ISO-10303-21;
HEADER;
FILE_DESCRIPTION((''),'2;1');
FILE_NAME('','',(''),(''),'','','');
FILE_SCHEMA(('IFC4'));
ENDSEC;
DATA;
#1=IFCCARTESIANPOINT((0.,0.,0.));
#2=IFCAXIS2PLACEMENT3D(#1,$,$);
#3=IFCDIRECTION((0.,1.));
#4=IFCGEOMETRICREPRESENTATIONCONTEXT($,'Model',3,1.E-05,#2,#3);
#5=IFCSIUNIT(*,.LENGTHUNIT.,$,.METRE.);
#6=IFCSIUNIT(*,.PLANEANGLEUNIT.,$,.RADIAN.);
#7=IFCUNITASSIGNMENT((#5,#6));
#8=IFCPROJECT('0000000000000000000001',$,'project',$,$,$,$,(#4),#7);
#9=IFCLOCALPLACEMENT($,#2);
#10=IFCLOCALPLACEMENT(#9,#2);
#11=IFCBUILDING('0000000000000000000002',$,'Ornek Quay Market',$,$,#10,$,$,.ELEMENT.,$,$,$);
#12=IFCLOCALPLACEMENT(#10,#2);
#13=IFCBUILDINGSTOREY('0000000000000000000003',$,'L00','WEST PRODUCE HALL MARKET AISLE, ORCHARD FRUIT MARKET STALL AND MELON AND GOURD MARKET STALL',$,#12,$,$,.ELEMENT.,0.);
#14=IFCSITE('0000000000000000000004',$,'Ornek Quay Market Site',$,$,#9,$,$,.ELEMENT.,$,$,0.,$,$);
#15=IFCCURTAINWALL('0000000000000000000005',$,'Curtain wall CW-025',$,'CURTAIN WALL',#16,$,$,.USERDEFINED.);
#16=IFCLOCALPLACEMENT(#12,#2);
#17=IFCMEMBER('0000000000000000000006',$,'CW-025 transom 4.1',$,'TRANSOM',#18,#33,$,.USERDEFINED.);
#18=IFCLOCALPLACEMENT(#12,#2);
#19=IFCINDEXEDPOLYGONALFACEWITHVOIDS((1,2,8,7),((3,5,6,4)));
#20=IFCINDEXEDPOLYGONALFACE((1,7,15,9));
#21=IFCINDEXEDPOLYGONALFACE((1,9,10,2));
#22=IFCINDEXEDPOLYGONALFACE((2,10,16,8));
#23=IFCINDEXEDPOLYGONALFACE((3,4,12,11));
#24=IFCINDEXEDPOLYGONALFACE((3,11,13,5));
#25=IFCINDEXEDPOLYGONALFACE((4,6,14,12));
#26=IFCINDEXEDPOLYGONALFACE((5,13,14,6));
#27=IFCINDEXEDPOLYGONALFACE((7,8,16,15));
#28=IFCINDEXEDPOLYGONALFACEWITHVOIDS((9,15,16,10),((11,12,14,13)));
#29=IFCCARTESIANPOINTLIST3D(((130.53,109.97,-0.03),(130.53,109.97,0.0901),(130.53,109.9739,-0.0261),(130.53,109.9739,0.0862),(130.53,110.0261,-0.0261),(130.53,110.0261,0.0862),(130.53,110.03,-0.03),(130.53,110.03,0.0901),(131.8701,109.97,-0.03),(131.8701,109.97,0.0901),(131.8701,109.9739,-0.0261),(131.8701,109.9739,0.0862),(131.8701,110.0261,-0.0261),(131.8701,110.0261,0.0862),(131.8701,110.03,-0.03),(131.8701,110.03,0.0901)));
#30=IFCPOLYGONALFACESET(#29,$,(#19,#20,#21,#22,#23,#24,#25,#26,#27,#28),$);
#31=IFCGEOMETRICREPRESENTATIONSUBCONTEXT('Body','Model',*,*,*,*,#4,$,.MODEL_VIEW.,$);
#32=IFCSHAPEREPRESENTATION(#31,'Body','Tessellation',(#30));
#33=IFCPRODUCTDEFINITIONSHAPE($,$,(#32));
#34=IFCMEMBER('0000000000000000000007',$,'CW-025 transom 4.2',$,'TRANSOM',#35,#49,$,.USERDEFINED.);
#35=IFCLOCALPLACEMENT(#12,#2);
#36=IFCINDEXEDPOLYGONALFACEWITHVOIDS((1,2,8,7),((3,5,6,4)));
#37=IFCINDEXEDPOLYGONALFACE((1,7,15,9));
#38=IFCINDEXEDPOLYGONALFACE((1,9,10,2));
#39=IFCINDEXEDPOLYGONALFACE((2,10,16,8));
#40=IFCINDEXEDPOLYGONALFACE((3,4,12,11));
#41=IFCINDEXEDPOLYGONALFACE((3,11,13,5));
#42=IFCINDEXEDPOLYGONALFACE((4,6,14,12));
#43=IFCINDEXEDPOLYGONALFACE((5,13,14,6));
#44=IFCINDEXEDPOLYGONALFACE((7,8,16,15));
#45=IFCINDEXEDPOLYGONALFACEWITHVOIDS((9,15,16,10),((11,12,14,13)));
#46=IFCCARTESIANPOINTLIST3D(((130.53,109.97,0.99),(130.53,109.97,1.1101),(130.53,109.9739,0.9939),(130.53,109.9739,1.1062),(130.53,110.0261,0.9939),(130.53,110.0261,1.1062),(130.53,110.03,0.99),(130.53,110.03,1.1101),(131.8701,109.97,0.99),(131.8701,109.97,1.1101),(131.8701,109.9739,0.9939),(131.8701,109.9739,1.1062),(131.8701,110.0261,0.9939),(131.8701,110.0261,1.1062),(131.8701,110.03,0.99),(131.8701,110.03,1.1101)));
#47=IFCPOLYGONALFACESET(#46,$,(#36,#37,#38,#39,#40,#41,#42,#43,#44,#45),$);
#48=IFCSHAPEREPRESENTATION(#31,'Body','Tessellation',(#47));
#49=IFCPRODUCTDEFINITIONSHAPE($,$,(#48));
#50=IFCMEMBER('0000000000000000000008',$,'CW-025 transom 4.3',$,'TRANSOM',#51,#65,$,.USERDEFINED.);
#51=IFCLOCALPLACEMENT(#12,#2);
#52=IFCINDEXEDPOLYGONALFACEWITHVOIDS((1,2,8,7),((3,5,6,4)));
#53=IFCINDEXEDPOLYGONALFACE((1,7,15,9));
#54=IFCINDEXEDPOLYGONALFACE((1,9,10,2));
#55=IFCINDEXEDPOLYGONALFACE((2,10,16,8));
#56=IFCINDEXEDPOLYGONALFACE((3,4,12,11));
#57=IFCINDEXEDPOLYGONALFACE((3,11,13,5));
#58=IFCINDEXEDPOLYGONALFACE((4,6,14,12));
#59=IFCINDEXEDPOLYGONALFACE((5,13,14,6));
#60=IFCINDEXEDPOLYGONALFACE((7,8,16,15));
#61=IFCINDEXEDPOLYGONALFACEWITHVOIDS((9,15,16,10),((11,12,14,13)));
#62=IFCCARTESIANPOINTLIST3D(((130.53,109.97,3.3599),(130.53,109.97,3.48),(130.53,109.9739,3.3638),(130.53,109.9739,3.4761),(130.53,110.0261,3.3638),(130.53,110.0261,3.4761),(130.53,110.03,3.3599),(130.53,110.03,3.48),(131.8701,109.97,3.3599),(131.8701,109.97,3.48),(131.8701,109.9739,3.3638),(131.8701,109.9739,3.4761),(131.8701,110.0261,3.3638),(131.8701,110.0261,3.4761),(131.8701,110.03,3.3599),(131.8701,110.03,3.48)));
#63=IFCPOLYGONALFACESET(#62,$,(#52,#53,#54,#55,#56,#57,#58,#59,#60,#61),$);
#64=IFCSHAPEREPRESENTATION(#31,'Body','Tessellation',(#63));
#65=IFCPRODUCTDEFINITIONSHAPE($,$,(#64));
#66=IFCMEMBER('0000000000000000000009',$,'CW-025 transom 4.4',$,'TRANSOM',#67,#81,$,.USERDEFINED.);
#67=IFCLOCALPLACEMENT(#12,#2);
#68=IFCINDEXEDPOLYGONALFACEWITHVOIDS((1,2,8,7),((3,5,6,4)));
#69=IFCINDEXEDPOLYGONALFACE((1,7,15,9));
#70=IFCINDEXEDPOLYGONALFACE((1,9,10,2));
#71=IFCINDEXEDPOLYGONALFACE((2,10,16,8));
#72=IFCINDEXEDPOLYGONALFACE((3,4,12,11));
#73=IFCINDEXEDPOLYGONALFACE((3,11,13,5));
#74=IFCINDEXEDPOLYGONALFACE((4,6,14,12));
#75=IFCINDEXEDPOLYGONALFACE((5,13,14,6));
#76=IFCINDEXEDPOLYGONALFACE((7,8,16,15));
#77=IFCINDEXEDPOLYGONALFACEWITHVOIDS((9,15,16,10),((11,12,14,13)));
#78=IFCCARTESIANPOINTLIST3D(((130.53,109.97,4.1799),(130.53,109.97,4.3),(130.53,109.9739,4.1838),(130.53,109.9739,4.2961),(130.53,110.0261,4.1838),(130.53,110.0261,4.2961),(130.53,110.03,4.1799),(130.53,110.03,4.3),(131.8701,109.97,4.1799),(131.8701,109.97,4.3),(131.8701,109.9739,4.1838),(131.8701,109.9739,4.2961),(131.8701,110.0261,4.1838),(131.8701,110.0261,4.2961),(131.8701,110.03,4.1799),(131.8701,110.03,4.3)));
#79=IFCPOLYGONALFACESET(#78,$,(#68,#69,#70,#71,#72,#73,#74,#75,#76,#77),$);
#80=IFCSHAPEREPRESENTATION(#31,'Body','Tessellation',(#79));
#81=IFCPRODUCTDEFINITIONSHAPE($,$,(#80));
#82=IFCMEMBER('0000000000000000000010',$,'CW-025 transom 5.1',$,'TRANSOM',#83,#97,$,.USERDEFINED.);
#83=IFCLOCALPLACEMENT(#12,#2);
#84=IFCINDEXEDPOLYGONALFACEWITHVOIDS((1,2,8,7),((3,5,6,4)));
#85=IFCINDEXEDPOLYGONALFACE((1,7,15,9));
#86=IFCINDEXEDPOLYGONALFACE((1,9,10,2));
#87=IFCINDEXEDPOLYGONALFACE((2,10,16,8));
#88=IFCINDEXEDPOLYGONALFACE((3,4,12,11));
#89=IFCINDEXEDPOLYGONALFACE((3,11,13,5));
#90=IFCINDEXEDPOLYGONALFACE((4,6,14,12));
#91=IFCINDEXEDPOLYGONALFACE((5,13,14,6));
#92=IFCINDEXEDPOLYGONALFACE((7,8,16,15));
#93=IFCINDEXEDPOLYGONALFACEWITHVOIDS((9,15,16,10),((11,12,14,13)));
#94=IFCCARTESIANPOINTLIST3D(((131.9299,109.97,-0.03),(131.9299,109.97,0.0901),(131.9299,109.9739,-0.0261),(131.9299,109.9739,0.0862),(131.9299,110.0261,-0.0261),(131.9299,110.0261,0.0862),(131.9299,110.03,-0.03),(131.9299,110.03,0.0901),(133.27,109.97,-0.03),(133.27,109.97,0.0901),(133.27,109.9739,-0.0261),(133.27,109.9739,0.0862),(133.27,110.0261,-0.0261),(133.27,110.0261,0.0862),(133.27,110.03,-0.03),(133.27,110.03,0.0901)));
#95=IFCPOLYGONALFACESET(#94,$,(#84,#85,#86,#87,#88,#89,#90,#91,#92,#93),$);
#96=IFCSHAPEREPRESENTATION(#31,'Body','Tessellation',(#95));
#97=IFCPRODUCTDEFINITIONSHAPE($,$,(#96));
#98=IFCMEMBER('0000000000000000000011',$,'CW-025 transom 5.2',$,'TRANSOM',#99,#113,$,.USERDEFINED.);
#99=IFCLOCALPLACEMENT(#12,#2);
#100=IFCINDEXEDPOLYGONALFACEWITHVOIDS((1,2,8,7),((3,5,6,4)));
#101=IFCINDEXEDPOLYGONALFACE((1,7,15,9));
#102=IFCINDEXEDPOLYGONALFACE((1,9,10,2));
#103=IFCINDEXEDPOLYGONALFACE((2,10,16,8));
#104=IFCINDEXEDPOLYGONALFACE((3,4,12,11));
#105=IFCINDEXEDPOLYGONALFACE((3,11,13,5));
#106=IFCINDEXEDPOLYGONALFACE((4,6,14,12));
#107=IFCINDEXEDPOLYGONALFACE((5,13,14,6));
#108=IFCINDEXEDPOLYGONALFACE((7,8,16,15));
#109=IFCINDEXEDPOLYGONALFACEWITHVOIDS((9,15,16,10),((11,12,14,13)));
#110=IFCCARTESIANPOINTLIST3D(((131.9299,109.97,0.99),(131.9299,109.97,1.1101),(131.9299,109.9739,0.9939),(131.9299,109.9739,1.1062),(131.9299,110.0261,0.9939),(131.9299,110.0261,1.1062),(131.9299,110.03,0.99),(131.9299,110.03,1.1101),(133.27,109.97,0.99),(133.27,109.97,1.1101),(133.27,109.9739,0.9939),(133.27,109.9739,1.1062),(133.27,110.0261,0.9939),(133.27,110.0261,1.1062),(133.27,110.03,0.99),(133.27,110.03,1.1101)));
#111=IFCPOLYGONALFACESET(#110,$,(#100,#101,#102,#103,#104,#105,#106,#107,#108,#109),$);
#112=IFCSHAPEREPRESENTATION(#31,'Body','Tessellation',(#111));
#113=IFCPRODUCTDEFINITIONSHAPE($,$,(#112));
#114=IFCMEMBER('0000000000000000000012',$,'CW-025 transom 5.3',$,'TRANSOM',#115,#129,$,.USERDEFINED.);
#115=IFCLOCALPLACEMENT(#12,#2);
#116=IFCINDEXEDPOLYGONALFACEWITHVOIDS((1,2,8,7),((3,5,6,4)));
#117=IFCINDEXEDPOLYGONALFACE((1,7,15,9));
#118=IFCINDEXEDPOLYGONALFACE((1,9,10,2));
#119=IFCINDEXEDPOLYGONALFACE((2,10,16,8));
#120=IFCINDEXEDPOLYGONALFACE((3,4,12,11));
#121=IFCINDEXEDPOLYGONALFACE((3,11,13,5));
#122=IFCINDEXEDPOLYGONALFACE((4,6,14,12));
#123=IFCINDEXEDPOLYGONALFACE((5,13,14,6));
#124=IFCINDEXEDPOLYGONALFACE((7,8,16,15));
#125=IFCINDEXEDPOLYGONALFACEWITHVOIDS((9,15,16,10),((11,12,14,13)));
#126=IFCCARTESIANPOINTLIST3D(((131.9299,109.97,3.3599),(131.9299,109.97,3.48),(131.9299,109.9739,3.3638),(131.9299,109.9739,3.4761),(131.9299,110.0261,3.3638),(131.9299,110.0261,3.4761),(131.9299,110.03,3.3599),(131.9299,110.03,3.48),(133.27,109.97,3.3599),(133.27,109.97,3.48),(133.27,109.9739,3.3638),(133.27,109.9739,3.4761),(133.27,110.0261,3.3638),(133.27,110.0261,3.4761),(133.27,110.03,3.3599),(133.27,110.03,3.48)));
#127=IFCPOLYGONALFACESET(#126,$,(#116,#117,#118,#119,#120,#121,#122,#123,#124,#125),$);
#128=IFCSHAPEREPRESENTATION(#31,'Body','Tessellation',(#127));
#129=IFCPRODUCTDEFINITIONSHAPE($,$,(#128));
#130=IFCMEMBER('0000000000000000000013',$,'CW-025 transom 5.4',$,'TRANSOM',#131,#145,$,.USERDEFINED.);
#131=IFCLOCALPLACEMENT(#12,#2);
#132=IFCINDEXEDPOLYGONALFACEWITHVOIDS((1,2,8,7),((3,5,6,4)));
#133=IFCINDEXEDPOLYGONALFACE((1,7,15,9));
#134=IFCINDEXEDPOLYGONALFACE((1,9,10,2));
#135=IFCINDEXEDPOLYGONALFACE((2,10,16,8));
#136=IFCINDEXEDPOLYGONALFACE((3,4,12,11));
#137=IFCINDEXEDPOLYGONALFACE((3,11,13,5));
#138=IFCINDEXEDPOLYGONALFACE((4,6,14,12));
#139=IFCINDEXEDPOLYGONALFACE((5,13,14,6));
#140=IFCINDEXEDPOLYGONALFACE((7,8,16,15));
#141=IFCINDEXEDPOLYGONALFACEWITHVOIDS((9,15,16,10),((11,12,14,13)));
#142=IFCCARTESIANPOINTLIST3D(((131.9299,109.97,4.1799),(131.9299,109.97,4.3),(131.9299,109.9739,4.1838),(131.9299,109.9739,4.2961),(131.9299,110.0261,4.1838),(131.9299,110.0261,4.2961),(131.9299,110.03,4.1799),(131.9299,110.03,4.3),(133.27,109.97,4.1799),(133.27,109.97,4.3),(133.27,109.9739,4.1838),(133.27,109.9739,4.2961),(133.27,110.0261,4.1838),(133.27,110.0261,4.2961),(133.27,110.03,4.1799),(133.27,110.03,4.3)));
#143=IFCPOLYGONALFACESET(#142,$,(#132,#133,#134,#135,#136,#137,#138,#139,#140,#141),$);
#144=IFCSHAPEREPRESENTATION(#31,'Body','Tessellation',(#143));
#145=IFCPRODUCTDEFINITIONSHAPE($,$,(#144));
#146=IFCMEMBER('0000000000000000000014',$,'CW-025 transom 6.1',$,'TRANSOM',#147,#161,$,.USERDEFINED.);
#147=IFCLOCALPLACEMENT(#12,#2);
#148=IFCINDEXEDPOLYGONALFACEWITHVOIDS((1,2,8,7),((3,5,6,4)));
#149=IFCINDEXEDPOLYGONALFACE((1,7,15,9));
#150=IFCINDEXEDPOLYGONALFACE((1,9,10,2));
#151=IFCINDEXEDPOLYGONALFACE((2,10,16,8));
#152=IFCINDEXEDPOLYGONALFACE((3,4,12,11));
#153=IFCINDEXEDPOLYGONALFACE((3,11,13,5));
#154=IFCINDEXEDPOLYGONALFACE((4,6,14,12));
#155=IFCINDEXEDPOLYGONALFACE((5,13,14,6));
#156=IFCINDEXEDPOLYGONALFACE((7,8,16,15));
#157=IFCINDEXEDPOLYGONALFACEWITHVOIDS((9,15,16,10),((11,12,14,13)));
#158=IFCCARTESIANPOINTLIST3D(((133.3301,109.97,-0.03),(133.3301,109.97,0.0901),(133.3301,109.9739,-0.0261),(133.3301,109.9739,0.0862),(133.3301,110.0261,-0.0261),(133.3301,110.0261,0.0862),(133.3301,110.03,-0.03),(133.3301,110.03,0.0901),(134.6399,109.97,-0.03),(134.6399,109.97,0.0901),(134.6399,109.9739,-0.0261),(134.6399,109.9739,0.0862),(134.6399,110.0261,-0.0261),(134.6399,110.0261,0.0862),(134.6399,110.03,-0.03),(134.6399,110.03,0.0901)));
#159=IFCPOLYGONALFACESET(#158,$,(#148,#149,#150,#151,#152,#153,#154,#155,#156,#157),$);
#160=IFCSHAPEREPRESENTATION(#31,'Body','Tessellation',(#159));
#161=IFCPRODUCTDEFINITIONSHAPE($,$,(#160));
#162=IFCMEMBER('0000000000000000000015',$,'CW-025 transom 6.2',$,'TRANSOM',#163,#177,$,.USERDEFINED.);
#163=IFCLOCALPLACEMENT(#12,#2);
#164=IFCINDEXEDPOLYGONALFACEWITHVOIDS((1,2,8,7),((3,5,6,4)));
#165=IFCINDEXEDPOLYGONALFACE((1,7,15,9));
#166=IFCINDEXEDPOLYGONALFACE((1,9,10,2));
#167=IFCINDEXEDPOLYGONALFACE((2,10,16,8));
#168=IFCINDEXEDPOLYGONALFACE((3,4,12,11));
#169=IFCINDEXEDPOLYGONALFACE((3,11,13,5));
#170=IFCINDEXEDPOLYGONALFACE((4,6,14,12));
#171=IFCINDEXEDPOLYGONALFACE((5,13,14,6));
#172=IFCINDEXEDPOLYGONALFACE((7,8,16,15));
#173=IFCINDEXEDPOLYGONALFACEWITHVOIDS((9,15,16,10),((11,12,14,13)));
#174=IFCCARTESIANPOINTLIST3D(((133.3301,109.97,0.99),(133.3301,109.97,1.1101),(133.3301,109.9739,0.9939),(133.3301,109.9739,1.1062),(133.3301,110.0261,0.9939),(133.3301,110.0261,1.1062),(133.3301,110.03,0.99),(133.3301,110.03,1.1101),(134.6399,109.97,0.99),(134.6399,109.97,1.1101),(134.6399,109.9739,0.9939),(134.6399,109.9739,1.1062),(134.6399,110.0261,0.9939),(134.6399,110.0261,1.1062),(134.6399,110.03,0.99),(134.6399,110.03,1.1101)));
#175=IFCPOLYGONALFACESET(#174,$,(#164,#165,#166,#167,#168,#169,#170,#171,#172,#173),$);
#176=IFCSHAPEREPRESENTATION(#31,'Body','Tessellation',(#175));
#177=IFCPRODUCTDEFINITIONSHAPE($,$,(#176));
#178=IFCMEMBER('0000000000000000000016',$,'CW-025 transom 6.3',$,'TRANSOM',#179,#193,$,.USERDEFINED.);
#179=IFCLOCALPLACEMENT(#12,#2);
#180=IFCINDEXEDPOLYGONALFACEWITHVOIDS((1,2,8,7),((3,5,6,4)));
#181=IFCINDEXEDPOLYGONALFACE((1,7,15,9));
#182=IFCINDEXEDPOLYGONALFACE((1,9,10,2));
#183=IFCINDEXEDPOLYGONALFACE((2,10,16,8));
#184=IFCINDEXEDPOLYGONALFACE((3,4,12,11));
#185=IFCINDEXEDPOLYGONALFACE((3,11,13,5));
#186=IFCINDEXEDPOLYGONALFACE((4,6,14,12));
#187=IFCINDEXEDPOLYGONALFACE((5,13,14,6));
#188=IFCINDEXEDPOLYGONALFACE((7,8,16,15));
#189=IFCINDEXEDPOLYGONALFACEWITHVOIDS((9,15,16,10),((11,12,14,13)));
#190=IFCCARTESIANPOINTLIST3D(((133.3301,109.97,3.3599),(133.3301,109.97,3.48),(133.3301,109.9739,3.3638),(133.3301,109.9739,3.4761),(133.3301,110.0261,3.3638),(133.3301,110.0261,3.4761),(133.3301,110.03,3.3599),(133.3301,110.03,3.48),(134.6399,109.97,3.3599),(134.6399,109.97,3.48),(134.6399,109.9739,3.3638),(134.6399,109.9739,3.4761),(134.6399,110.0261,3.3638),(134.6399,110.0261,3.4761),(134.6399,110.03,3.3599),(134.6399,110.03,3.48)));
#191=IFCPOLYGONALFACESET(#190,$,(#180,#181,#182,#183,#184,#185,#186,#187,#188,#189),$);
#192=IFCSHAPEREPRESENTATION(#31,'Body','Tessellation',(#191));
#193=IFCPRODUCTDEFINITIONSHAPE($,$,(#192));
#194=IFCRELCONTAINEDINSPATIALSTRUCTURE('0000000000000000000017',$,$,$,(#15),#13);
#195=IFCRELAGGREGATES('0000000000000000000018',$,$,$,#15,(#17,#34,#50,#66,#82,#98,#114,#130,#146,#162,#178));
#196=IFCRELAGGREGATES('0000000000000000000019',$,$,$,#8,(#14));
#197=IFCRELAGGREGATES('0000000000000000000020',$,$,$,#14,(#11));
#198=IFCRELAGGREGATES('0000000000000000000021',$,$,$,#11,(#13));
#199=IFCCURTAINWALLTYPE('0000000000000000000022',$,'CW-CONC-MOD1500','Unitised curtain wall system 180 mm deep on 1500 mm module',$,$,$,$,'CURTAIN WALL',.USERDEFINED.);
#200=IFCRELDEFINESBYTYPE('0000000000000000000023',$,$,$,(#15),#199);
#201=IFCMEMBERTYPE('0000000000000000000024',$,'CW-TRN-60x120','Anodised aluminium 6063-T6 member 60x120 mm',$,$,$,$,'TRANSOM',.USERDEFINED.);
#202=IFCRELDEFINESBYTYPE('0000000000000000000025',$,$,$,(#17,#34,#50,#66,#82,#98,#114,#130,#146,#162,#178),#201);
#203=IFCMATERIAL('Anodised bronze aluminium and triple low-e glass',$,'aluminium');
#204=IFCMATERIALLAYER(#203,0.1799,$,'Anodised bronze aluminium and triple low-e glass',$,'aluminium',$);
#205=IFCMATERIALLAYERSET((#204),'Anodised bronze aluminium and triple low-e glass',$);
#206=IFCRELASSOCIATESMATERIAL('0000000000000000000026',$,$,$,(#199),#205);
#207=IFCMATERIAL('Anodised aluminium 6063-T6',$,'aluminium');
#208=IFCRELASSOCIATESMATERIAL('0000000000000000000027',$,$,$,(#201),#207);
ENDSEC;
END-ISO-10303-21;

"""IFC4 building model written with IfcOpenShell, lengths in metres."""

from ifc_helpers import new_model, si_unit, direction, frame, origin, origin_2d, place, context, subcontext, project, spatial, hollow_rectangle, extrude, material, layer, layer_set, material_profile, profile_set, type_object, element, aggregate, save


model = new_model("IFC4")

# Units and contexts
model_context = context("Model", 3, precision=1e-05, world=origin(), true_north=direction((0.0, 1.0)))
body_context = subcontext(model_context, "Body", "Model", "MODEL_VIEW")
ifc_project = project(units=[si_unit("LENGTHUNIT", "METRE"), si_unit("PLANEANGLEUNIT", "RADIAN")], contexts=[model_context])

# Site, building, storey
site_placement = place(None, origin())
site = spatial("IfcSite", under=ifc_project, at=site_placement, Name="Ornek Quay Market Site", CompositionType="ELEMENT", RefElevation=0.0)
building_placement = place(site_placement, origin())
building = spatial("IfcBuilding", under=site, at=building_placement, Name="Ornek Quay Market", CompositionType="ELEMENT")
storey_placement = place(building_placement, origin())
storey = spatial("IfcBuildingStorey", under=building, at=storey_placement, Name="L00", Description="WEST PRODUCE HALL MARKET AISLE, ORCHARD FRUIT MARKET STALL AND MELON AND GOURD MARKET STALL", CompositionType="ELEMENT", Elevation=0.0)

# Curtain wall, members
ifc_material_1 = material(Name="Anodised bronze aluminium and triple low-e glass", Category="aluminium")
ifc_layer_1 = layer(ifc_material_1, 0.1799, Name="Anodised bronze aluminium and triple low-e glass", Category="aluminium")
ifc_layer_set_1 = layer_set([ifc_layer_1], Name="Anodised bronze aluminium and triple low-e glass")
curtain_wall_type = type_object("IfcCurtainWallType", Name="CW-CONC-MOD1500", Description="Unitised curtain wall system 180 mm deep on 1500 mm module", ElementType="CURTAIN WALL", PredefinedType="USERDEFINED", material=ifc_layer_set_1)
curtain_wall_placement = place(storey_placement, origin())
curtain_wall = element("IfcCurtainWall", 1, at=curtain_wall_placement, inside=storey, type_object=curtain_wall_type, Name="Curtain wall CW-025", ObjectType="CURTAIN WALL", PredefinedType="USERDEFINED")
ifc_material_2 = material(Name="Anodised aluminium 6063-T6", Category="aluminium")
ifc_material_profile_1 = material_profile(ifc_material_2, hollow_rectangle(XDim=0.0601, YDim=0.1201, WallThickness=0.0039, at=origin_2d()), Name="CW-TRN-60x120", Category="aluminium")
ifc_profile_set_1 = profile_set([ifc_material_profile_1], Name="Anodised aluminium 6063-T6")
member_type_1 = type_object("IfcMemberType", Name="CW-TRN-60x120", Description="Anodised aluminium 6063-T6 member 60x120 mm", ElementType="TRANSOM", PredefinedType="USERDEFINED", material=ifc_profile_set_1)
member_1_placement = place(storey_placement, frame((130.53, 110.0, 0.03), z_axis=(1.0, 0.0, 0.0), x_axis=(0.0, 1.0, 0.0)))
member_1 = element("IfcMember", 2, at=member_1_placement, type_object=member_type_1, Name="CW-025 transom 4.1", ObjectType="TRANSOM", PredefinedType="USERDEFINED", context=body_context, shape_type="SweptSolid", body=[
    extrude(hollow_rectangle(XDim=0.0601, YDim=0.1201, WallThickness=0.0039, at=origin_2d()), origin(), (0.0, 0.0, 1.0), 1.3401),
])
member_2_placement = place(storey_placement, frame((130.53, 110.0, 1.05), z_axis=(1.0, 0.0, 0.0), x_axis=(0.0, 1.0, 0.0)))
member_2 = element("IfcMember", 3, at=member_2_placement, type_object=member_type_1, Name="CW-025 transom 4.2", ObjectType="TRANSOM", PredefinedType="USERDEFINED", context=body_context, shape_type="SweptSolid", body=[
    extrude(hollow_rectangle(XDim=0.0601, YDim=0.1201, WallThickness=0.0039, at=origin_2d()), origin(), (0.0, 0.0, 1.0), 1.3401),
])
member_3_placement = place(storey_placement, frame((130.53, 110.0, 3.4199), z_axis=(1.0, 0.0, 0.0), x_axis=(0.0, 1.0, 0.0)))
member_3 = element("IfcMember", 4, at=member_3_placement, type_object=member_type_1, Name="CW-025 transom 4.3", ObjectType="TRANSOM", PredefinedType="USERDEFINED", context=body_context, shape_type="SweptSolid", body=[
    extrude(hollow_rectangle(XDim=0.0601, YDim=0.1201, WallThickness=0.0039, at=origin_2d()), origin(), (0.0, 0.0, 1.0), 1.3401),
])
member_4_placement = place(storey_placement, frame((130.53, 110.0, 4.24), z_axis=(1.0, 0.0, 0.0), x_axis=(0.0, 1.0, 0.0)))
member_4 = element("IfcMember", 5, at=member_4_placement, type_object=member_type_1, Name="CW-025 transom 4.4", ObjectType="TRANSOM", PredefinedType="USERDEFINED", context=body_context, shape_type="SweptSolid", body=[
    extrude(hollow_rectangle(XDim=0.0601, YDim=0.1201, WallThickness=0.0039, at=origin_2d()), origin(), (0.0, 0.0, 1.0), 1.3401),
])
member_5_placement = place(storey_placement, frame((131.9299, 110.0, 0.03), z_axis=(1.0, 0.0, 0.0), x_axis=(0.0, 1.0, 0.0)))
member_5 = element("IfcMember", 6, at=member_5_placement, type_object=member_type_1, Name="CW-025 transom 5.1", ObjectType="TRANSOM", PredefinedType="USERDEFINED", context=body_context, shape_type="SweptSolid", body=[
    extrude(hollow_rectangle(XDim=0.0601, YDim=0.1201, WallThickness=0.0039, at=origin_2d()), origin(), (0.0, 0.0, 1.0), 1.3401),
])
member_6_placement = place(storey_placement, frame((131.9299, 110.0, 1.05), z_axis=(1.0, 0.0, 0.0), x_axis=(0.0, 1.0, 0.0)))
member_6 = element("IfcMember", 7, at=member_6_placement, type_object=member_type_1, Name="CW-025 transom 5.2", ObjectType="TRANSOM", PredefinedType="USERDEFINED", context=body_context, shape_type="SweptSolid", body=[
    extrude(hollow_rectangle(XDim=0.0601, YDim=0.1201, WallThickness=0.0039, at=origin_2d()), origin(), (0.0, 0.0, 1.0), 1.3401),
])
member_7_placement = place(storey_placement, frame((131.9299, 110.0, 3.4199), z_axis=(1.0, 0.0, 0.0), x_axis=(0.0, 1.0, 0.0)))
member_7 = element("IfcMember", 8, at=member_7_placement, type_object=member_type_1, Name="CW-025 transom 5.3", ObjectType="TRANSOM", PredefinedType="USERDEFINED", context=body_context, shape_type="SweptSolid", body=[
    extrude(hollow_rectangle(XDim=0.0601, YDim=0.1201, WallThickness=0.0039, at=origin_2d()), origin(), (0.0, 0.0, 1.0), 1.3401),
])
member_8_placement = place(storey_placement, frame((131.9299, 110.0, 4.24), z_axis=(1.0, 0.0, 0.0), x_axis=(0.0, 1.0, 0.0)))
member_8 = element("IfcMember", 9, at=member_8_placement, type_object=member_type_1, Name="CW-025 transom 5.4", ObjectType="TRANSOM", PredefinedType="USERDEFINED", context=body_context, shape_type="SweptSolid", body=[
    extrude(hollow_rectangle(XDim=0.0601, YDim=0.1201, WallThickness=0.0039, at=origin_2d()), origin(), (0.0, 0.0, 1.0), 1.3401),
])
member_9_placement = place(storey_placement, frame((133.3301, 110.0, 0.03), z_axis=(1.0, 0.0, 0.0), x_axis=(0.0, 1.0, 0.0)))
member_9 = element("IfcMember", 10, at=member_9_placement, type_object=member_type_1, Name="CW-025 transom 6.1", ObjectType="TRANSOM", PredefinedType="USERDEFINED", context=body_context, shape_type="SweptSolid", body=[
    extrude(hollow_rectangle(XDim=0.0601, YDim=0.1201, WallThickness=0.0039, at=origin_2d()), origin(), (0.0, 0.0, 1.0), 1.3098),
])
member_10_placement = place(storey_placement, frame((133.3301, 110.0, 1.05), z_axis=(1.0, 0.0, 0.0), x_axis=(0.0, 1.0, 0.0)))
member_10 = element("IfcMember", 11, at=member_10_placement, type_object=member_type_1, Name="CW-025 transom 6.2", ObjectType="TRANSOM", PredefinedType="USERDEFINED", context=body_context, shape_type="SweptSolid", body=[
    extrude(hollow_rectangle(XDim=0.0601, YDim=0.1201, WallThickness=0.0039, at=origin_2d()), origin(), (0.0, 0.0, 1.0), 1.3098),
])
member_11_placement = place(storey_placement, frame((133.3301, 110.0, 3.4199), z_axis=(1.0, 0.0, 0.0), x_axis=(0.0, 1.0, 0.0)))
member_11 = element("IfcMember", 12, at=member_11_placement, type_object=member_type_1, Name="CW-025 transom 6.3", ObjectType="TRANSOM", PredefinedType="USERDEFINED", context=body_context, shape_type="SweptSolid", body=[
    extrude(hollow_rectangle(XDim=0.0601, YDim=0.1201, WallThickness=0.0039, at=origin_2d()), origin(), (0.0, 0.0, 1.0), 1.3098),
])
aggregate(curtain_wall, [member_1, member_2, member_3, member_4, member_5, member_6, member_7, member_8, member_9, member_10, member_11])

save(model, "model.ifc")
